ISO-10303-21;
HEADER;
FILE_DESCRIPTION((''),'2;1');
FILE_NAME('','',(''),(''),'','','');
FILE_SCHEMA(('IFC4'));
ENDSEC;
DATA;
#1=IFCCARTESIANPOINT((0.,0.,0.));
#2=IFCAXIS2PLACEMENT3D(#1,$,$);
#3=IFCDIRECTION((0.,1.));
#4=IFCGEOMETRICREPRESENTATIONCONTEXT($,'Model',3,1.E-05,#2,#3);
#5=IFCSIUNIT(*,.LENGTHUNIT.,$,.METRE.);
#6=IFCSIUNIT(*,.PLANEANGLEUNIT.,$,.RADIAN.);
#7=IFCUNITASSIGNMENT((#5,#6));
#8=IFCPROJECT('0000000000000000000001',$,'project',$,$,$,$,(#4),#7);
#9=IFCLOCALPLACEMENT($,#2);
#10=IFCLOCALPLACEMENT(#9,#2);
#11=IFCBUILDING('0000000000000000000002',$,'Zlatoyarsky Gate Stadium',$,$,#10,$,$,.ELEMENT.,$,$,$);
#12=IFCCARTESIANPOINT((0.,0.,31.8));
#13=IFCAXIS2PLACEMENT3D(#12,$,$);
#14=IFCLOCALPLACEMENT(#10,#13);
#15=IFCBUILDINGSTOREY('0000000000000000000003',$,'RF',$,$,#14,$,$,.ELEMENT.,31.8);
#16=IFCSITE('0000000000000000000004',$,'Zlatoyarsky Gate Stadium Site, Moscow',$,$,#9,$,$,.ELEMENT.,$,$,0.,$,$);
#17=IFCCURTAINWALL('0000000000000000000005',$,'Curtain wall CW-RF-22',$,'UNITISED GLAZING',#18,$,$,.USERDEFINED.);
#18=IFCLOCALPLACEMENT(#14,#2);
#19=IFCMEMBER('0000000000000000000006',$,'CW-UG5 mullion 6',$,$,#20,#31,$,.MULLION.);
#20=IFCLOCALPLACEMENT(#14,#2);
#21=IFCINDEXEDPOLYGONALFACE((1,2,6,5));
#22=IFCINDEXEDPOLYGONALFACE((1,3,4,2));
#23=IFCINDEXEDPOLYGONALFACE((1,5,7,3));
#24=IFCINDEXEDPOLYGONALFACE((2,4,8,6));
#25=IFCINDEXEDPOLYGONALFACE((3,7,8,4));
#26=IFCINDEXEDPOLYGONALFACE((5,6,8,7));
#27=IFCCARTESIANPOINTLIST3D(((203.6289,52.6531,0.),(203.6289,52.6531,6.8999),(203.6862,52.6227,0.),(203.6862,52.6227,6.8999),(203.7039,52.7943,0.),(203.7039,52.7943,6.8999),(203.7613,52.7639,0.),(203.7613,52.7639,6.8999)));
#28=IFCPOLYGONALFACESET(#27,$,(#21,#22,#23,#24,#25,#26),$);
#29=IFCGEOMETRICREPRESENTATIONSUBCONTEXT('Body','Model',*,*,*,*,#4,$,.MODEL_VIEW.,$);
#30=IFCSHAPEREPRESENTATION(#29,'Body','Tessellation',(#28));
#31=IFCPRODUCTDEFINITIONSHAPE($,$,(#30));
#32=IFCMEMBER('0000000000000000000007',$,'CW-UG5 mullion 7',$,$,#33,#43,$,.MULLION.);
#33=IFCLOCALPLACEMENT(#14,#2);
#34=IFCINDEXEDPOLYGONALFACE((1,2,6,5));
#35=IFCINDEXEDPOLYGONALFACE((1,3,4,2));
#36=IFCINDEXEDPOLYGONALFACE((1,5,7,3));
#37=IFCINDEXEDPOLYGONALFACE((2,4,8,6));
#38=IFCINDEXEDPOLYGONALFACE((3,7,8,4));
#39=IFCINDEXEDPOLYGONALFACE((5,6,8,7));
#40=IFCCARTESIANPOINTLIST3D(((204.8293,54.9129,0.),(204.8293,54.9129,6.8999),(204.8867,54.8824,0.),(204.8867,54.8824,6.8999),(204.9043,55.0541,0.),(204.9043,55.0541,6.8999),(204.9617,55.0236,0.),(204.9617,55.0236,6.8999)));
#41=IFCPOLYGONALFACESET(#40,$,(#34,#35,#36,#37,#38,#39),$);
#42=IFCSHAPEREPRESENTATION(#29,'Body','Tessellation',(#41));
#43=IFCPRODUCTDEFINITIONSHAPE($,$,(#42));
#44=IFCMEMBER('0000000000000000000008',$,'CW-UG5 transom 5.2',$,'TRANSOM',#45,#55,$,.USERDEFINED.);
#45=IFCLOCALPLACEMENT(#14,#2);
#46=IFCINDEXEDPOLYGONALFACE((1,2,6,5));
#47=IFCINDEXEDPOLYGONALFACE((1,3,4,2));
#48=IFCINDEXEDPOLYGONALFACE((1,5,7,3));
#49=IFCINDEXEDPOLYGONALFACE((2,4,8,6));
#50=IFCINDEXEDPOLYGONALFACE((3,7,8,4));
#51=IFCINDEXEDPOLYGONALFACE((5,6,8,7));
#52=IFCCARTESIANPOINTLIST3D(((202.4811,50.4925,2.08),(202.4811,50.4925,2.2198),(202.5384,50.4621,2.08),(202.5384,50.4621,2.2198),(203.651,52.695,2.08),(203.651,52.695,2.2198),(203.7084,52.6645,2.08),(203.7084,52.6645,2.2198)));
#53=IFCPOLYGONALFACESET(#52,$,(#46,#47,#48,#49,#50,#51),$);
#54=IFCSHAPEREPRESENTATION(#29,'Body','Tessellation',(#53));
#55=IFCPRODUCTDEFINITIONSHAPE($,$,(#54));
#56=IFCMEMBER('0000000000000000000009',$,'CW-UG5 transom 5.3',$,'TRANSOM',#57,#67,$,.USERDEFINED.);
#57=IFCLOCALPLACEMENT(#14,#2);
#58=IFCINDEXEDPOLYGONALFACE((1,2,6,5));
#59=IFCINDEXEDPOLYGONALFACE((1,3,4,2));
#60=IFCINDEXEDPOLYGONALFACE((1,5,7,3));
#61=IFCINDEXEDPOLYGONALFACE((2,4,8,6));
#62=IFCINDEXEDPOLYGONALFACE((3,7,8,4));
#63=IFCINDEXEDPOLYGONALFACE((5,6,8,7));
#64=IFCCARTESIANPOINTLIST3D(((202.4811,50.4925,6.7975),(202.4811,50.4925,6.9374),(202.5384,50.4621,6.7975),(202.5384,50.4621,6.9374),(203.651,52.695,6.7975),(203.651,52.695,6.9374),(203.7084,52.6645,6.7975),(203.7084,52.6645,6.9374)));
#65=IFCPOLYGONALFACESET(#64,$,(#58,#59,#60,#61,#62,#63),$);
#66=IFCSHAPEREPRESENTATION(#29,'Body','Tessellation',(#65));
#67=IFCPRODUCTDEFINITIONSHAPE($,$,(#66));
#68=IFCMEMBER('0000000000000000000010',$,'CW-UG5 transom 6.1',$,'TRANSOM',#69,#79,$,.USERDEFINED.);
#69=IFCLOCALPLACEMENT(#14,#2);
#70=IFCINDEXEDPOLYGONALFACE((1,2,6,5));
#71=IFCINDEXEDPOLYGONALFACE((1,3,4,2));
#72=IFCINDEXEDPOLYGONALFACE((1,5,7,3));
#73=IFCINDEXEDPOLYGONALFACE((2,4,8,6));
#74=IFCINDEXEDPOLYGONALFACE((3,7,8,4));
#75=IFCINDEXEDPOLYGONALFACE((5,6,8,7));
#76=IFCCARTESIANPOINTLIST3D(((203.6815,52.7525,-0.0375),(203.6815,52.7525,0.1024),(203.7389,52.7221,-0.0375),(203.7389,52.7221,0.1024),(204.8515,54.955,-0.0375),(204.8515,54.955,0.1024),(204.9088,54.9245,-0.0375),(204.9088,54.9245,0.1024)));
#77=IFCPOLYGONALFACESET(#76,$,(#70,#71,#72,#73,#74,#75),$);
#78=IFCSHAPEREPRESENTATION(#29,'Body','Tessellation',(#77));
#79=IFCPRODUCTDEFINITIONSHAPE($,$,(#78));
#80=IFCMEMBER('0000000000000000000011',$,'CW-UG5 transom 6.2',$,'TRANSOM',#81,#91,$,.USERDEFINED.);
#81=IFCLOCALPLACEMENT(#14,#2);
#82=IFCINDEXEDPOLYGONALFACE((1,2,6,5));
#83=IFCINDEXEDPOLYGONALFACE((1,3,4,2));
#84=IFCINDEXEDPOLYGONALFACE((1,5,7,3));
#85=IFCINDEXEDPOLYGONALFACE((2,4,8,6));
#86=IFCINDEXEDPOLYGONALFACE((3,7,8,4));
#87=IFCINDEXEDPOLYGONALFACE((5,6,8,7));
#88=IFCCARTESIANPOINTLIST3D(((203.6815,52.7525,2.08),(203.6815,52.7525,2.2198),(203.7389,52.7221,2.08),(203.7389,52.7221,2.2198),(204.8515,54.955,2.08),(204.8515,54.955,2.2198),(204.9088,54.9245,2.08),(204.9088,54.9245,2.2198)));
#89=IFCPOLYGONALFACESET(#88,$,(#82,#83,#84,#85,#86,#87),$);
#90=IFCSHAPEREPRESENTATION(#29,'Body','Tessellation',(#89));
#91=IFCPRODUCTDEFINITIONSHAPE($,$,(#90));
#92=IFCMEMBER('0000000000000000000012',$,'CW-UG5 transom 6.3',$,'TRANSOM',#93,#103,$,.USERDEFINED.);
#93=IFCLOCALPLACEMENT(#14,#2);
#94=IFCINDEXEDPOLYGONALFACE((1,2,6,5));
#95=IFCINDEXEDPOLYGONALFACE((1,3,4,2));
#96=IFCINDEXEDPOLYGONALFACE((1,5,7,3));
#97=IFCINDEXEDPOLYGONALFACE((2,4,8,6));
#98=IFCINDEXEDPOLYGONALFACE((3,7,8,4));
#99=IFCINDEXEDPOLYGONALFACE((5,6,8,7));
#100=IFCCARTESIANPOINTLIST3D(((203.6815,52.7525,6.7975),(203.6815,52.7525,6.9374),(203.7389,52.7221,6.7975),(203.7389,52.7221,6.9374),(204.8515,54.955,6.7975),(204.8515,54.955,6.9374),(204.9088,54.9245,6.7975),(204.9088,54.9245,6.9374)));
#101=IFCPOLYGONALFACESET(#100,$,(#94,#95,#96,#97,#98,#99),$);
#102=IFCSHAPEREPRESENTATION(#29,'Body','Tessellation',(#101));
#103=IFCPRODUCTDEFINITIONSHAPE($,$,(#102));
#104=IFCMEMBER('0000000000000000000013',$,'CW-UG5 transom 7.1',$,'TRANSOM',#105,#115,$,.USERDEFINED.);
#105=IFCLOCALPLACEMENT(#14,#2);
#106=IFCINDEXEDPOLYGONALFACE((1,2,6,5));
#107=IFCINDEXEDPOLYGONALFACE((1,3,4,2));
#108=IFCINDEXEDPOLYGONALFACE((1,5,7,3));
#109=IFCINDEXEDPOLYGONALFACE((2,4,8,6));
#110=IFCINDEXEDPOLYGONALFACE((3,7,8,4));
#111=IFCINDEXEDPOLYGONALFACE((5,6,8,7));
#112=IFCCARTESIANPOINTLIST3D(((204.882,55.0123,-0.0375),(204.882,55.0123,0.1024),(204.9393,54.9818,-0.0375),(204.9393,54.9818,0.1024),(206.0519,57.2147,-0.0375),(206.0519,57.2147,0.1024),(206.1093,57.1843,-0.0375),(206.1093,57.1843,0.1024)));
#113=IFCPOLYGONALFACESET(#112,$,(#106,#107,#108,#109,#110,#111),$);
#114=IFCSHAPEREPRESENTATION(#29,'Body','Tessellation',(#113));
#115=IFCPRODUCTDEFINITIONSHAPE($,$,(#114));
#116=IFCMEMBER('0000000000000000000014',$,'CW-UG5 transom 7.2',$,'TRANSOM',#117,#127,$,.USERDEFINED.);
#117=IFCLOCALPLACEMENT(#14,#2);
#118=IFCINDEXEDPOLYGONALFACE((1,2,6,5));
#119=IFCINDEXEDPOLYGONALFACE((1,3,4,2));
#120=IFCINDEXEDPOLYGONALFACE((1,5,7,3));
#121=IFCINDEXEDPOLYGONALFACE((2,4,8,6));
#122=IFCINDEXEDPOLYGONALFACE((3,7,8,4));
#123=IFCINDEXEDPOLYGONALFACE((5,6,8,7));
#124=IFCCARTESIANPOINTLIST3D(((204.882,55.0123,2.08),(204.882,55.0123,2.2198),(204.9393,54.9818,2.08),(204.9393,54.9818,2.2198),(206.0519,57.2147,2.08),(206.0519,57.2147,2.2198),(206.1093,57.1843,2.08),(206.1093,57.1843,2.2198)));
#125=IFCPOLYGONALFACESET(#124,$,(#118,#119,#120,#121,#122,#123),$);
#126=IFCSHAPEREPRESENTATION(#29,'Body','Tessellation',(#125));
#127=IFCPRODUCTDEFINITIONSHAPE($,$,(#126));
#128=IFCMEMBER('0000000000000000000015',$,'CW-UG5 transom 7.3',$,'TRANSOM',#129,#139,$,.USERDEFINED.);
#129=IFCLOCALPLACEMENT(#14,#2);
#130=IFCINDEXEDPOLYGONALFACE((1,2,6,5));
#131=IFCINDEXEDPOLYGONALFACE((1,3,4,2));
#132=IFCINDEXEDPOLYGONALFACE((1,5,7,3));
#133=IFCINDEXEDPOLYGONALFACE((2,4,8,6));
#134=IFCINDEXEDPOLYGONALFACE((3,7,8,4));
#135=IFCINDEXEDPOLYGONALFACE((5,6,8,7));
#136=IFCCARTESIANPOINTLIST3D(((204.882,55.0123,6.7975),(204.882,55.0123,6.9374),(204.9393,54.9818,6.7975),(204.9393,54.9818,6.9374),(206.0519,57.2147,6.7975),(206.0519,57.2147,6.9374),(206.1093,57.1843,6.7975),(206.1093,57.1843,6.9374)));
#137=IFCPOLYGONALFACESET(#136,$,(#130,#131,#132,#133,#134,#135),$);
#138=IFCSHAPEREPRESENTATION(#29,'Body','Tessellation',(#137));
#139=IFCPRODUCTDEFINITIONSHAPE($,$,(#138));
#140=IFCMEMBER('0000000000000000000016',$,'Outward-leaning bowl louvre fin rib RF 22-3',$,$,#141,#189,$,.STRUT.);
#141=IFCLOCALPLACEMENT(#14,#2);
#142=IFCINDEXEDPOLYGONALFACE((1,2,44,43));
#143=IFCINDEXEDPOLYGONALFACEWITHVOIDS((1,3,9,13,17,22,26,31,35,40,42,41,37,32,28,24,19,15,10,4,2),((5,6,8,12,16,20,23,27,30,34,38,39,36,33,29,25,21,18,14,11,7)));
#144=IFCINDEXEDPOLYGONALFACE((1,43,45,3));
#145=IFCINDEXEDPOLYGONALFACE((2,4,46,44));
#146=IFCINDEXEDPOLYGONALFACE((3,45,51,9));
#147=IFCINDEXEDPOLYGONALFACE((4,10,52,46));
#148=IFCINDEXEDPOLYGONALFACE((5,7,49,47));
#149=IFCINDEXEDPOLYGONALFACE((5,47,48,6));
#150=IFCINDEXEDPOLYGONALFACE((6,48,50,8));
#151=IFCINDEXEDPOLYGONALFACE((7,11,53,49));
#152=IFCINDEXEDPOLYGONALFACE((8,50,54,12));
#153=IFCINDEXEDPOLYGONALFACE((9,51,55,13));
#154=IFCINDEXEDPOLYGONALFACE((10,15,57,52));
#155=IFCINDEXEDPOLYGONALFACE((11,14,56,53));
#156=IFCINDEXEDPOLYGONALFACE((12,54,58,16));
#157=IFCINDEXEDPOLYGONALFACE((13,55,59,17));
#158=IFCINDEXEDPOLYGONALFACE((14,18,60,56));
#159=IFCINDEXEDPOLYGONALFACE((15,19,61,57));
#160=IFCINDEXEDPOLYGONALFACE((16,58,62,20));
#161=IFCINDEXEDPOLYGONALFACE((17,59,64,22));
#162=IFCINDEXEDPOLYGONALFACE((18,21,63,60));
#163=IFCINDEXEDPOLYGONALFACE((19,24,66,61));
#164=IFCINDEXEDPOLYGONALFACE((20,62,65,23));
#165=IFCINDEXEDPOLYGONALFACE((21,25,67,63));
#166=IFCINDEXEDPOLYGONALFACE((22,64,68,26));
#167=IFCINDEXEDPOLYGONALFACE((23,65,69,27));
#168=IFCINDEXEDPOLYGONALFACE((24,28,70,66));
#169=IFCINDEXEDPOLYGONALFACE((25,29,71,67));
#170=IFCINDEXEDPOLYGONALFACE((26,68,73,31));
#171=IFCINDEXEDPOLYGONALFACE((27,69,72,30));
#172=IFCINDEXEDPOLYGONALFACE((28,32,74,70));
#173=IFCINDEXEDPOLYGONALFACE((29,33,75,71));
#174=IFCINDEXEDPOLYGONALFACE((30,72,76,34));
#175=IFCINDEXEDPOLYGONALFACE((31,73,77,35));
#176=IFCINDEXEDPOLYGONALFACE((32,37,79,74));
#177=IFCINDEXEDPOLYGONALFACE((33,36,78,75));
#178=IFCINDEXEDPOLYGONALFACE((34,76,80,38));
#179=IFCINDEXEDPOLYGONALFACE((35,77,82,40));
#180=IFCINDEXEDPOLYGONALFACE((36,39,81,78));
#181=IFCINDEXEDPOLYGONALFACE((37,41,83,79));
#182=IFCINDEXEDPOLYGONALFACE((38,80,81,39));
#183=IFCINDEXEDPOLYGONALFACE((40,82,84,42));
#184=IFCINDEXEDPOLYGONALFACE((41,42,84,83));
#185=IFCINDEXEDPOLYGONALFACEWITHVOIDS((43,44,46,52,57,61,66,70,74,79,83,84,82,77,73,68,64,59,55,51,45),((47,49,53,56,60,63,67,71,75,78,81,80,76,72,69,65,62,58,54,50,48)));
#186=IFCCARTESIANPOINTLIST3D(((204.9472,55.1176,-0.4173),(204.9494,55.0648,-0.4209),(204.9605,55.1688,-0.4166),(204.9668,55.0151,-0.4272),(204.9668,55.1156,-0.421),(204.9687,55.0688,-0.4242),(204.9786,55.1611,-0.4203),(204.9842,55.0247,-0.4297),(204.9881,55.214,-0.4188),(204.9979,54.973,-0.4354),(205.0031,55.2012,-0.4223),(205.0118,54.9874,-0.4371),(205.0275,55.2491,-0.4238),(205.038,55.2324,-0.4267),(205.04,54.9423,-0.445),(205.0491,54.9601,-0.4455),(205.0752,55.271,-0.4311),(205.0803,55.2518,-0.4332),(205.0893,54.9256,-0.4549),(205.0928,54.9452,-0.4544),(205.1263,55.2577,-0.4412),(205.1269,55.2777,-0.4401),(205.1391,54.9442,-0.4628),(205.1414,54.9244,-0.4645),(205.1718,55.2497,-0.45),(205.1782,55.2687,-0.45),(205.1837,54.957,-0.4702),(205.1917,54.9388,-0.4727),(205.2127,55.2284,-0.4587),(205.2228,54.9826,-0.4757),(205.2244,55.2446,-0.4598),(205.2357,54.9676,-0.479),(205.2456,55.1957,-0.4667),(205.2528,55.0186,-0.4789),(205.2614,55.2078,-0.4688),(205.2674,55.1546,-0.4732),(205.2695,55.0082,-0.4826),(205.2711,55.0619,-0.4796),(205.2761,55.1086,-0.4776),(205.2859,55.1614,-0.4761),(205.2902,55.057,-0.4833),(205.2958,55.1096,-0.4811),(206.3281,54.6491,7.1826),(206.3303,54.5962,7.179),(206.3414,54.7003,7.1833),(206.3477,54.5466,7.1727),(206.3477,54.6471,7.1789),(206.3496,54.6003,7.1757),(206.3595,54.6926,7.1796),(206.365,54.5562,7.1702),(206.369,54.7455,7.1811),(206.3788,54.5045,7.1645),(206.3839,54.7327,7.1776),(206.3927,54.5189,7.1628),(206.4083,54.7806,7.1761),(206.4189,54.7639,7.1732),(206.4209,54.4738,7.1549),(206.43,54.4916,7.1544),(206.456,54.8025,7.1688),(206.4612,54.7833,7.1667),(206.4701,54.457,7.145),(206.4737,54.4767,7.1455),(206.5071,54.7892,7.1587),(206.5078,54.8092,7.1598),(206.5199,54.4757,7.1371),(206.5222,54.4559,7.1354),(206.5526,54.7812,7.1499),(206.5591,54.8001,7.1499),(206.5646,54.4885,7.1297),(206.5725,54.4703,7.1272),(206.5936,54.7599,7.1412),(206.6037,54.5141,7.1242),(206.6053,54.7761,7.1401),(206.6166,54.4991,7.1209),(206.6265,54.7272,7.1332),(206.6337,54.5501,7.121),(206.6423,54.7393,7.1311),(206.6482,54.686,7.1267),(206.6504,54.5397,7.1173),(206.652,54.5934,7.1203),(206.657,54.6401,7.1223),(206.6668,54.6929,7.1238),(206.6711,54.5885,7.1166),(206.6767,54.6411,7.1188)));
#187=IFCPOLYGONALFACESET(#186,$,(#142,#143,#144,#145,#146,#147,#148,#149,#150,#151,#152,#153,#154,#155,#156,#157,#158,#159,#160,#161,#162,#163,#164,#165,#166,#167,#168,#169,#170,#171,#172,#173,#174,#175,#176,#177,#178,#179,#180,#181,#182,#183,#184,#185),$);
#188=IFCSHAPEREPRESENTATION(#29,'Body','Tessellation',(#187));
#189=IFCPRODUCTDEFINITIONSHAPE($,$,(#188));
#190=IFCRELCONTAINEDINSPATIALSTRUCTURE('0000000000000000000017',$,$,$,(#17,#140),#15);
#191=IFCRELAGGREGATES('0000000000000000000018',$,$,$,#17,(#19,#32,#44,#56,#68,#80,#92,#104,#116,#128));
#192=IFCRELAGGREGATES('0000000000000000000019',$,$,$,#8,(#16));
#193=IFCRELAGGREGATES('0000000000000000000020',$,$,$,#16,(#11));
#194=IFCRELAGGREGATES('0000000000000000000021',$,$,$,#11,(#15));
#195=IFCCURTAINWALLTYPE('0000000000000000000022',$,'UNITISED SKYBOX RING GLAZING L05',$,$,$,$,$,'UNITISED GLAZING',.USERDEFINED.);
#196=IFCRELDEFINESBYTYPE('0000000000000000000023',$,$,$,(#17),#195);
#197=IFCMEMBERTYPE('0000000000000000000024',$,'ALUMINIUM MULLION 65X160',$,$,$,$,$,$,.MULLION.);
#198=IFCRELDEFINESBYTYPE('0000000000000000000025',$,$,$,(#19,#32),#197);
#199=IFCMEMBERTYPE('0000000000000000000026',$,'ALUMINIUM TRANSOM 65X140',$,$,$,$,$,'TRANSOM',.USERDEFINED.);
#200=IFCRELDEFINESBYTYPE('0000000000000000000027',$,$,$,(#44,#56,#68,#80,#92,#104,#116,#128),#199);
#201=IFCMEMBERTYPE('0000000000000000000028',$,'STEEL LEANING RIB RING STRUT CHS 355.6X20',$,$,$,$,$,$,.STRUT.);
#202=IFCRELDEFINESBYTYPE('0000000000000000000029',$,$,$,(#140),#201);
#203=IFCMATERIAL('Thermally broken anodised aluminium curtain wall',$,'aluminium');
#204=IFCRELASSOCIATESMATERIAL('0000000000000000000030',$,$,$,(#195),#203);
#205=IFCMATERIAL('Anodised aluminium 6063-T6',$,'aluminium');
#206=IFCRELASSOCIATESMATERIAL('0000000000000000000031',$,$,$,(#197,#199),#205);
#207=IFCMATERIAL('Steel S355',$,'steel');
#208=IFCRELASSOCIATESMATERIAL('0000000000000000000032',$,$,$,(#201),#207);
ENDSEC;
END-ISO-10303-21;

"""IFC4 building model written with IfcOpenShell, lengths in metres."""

from ifc_helpers import new_model, si_unit, direction, frame, origin, origin_2d, place, context, subcontext, project, spatial, rectangle, hollow_circle, extrude, material, material_profile, profile_set, type_object, element, aggregate, save


model = new_model("IFC4")

# Units and contexts
model_context = context("Model", 3, precision=1e-05, world=origin(), true_north=direction((0.0, 1.0)))
body_context = subcontext(model_context, "Body", "Model", "MODEL_VIEW")
ifc_project = project(units=[si_unit("LENGTHUNIT", "METRE"), si_unit("PLANEANGLEUNIT", "RADIAN")], contexts=[model_context])

# Site, building, storey
site_placement = place(None, origin())
site = spatial("IfcSite", under=ifc_project, at=site_placement, Name="Zlatoyarsky Gate Stadium Site, Moscow", CompositionType="ELEMENT", RefElevation=0.0)
building_placement = place(site_placement, origin())
building = spatial("IfcBuilding", under=site, at=building_placement, Name="Zlatoyarsky Gate Stadium", CompositionType="ELEMENT")
storey_placement = place(building_placement, frame((0.0, 0.0, 31.8)))
storey = spatial("IfcBuildingStorey", under=building, at=storey_placement, Name="RF", CompositionType="ELEMENT", Elevation=31.8)

# Curtain wall, members
ifc_material_1 = material(Name="Thermally broken anodised aluminium curtain wall", Category="aluminium")
curtain_wall_type = type_object("IfcCurtainWallType", Name="UNITISED SKYBOX RING GLAZING L05", ElementType="UNITISED GLAZING", PredefinedType="USERDEFINED", material=ifc_material_1)
curtain_wall_placement = place(storey_placement, origin())
curtain_wall = element("IfcCurtainWall", 1, at=curtain_wall_placement, inside=storey, type_object=curtain_wall_type, Name="Curtain wall CW-RF-22", ObjectType="UNITISED GLAZING", PredefinedType="USERDEFINED")
ifc_material_2 = material(Name="Anodised aluminium 6063-T6", Category="aluminium")
ifc_material_profile_1 = material_profile(ifc_material_2, rectangle(XDim=0.0649, YDim=0.1599, at=origin_2d()), Name="ALU 65X160")
ifc_profile_set_1 = profile_set([ifc_material_profile_1], Name="Anodised aluminium 6063-T6")
member_type_1 = type_object("IfcMemberType", Name="ALUMINIUM MULLION 65X160", PredefinedType="MULLION", material=ifc_profile_set_1)
member_1_placement = place(storey_placement, frame((203.6951, 52.7085, 0.0), z_axis=(0.0, 0.0, 1.0), x_axis=(-0.883131, 0.469127, 0.0)))
member_1 = element("IfcMember", 2, at=member_1_placement, type_object=member_type_1, Name="CW-UG5 mullion 6", PredefinedType="MULLION", context=body_context, shape_type="SweptSolid", body=[
    extrude(rectangle(XDim=0.0649, YDim=0.1599, at=origin_2d()), origin(), (0.0, 0.0, 1.0), 6.8999),
])
member_2_placement = place(storey_placement, frame((204.8955, 54.9683, 0.0), z_axis=(0.0, 0.0, 1.0), x_axis=(-0.883131, 0.469127, 0.0)))
member_2 = element("IfcMember", 3, at=member_2_placement, type_object=member_type_1, Name="CW-UG5 mullion 7", PredefinedType="MULLION", context=body_context, shape_type="SweptSolid", body=[
    extrude(rectangle(XDim=0.0649, YDim=0.1599, at=origin_2d()), origin(), (0.0, 0.0, 1.0), 6.8999),
])
ifc_material_profile_2 = material_profile(ifc_material_2, rectangle(XDim=0.0649, YDim=0.1399, at=origin_2d()), Name="ALU 65X140")
ifc_profile_set_2 = profile_set([ifc_material_profile_2], Name="Anodised aluminium 6063-T6")
member_type_2 = type_object("IfcMemberType", Name="ALUMINIUM TRANSOM 65X140", ElementType="TRANSOM", PredefinedType="USERDEFINED", material=ifc_profile_set_2)
member_3_placement = place(storey_placement, frame((202.5098, 50.4773, 2.1499), z_axis=(0.469124, 0.883132, 0.0), x_axis=(-0.883132, 0.469124, 0.0)))
member_3 = element("IfcMember", 4, at=member_3_placement, type_object=member_type_2, Name="CW-UG5 transom 5.2", ObjectType="TRANSOM", PredefinedType="USERDEFINED", context=body_context, shape_type="SweptSolid", body=[
    extrude(rectangle(XDim=0.0649, YDim=0.1399, at=origin_2d()), origin(), (0.0, 0.0, 1.0), 2.4939),
])
member_4_placement = place(storey_placement, frame((202.5098, 50.4773, 6.8674), z_axis=(0.469124, 0.883132, 0.0), x_axis=(-0.883132, 0.469124, 0.0)))
member_4 = element("IfcMember", 5, at=member_4_placement, type_object=member_type_2, Name="CW-UG5 transom 5.3", ObjectType="TRANSOM", PredefinedType="USERDEFINED", context=body_context, shape_type="SweptSolid", body=[
    extrude(rectangle(XDim=0.0649, YDim=0.1399, at=origin_2d()), origin(), (0.0, 0.0, 1.0), 2.4939),
])
member_5_placement = place(storey_placement, frame((203.7102, 52.7373, 0.0325), z_axis=(0.469124, 0.883132, 0.0), x_axis=(-0.883132, 0.469124, 0.0)))
member_5 = element("IfcMember", 6, at=member_5_placement, type_object=member_type_2, Name="CW-UG5 transom 6.1", ObjectType="TRANSOM", PredefinedType="USERDEFINED", context=body_context, shape_type="SweptSolid", body=[
    extrude(rectangle(XDim=0.0649, YDim=0.1399, at=origin_2d()), origin(), (0.0, 0.0, 1.0), 2.4939),
])
member_6_placement = place(storey_placement, frame((203.7102, 52.7373, 2.1499), z_axis=(0.469124, 0.883132, 0.0), x_axis=(-0.883132, 0.469124, 0.0)))
member_6 = element("IfcMember", 7, at=member_6_placement, type_object=member_type_2, Name="CW-UG5 transom 6.2", ObjectType="TRANSOM", PredefinedType="USERDEFINED", context=body_context, shape_type="SweptSolid", body=[
    extrude(rectangle(XDim=0.0649, YDim=0.1399, at=origin_2d()), origin(), (0.0, 0.0, 1.0), 2.4939),
])
member_7_placement = place(storey_placement, frame((203.7102, 52.7373, 6.8674), z_axis=(0.469124, 0.883132, 0.0), x_axis=(-0.883132, 0.469124, 0.0)))
member_7 = element("IfcMember", 8, at=member_7_placement, type_object=member_type_2, Name="CW-UG5 transom 6.3", ObjectType="TRANSOM", PredefinedType="USERDEFINED", context=body_context, shape_type="SweptSolid", body=[
    extrude(rectangle(XDim=0.0649, YDim=0.1399, at=origin_2d()), origin(), (0.0, 0.0, 1.0), 2.4939),
])
member_8_placement = place(storey_placement, frame((204.9106, 54.9971, 0.0325), z_axis=(0.469124, 0.883132, 0.0), x_axis=(-0.883132, 0.469124, 0.0)))
member_8 = element("IfcMember", 9, at=member_8_placement, type_object=member_type_2, Name="CW-UG5 transom 7.1", ObjectType="TRANSOM", PredefinedType="USERDEFINED", context=body_context, shape_type="SweptSolid", body=[
    extrude(rectangle(XDim=0.0649, YDim=0.1399, at=origin_2d()), origin(), (0.0, 0.0, 1.0), 2.4939),
])
member_9_placement = place(storey_placement, frame((204.9106, 54.9971, 2.1499), z_axis=(0.469124, 0.883132, 0.0), x_axis=(-0.883132, 0.469124, 0.0)))
member_9 = element("IfcMember", 10, at=member_9_placement, type_object=member_type_2, Name="CW-UG5 transom 7.2", ObjectType="TRANSOM", PredefinedType="USERDEFINED", context=body_context, shape_type="SweptSolid", body=[
    extrude(rectangle(XDim=0.0649, YDim=0.1399, at=origin_2d()), origin(), (0.0, 0.0, 1.0), 2.4939),
])
member_10_placement = place(storey_placement, frame((204.9106, 54.9971, 6.8674), z_axis=(0.469124, 0.883132, 0.0), x_axis=(-0.883132, 0.469124, 0.0)))
member_10 = element("IfcMember", 11, at=member_10_placement, type_object=member_type_2, Name="CW-UG5 transom 7.3", ObjectType="TRANSOM", PredefinedType="USERDEFINED", context=body_context, shape_type="SweptSolid", body=[
    extrude(rectangle(XDim=0.0649, YDim=0.1399, at=origin_2d()), origin(), (0.0, 0.0, 1.0), 2.4939),
])

# Member
ifc_material_3 = material(Name="Steel S355", Category="steel")
ifc_material_profile_3 = material_profile(ifc_material_3, hollow_circle(Radius=0.1777, WallThickness=0.02, at=origin_2d()), Name="CHS 355.6X20")
ifc_profile_set_3 = profile_set([ifc_material_profile_3], Name="Steel S355")
member_type_3 = type_object("IfcMemberType", Name="STEEL LEANING RIB RING STRUT CHS 355.6X20", PredefinedType="STRUT", material=ifc_profile_set_3)
member_11_placement = place(storey_placement, frame((205.1211, 55.1003, -0.45), z_axis=(0.178441, -0.060542, 0.982086), x_axis=(0.321296, 0.946979, 0.0)))
element("IfcMember", 12, at=member_11_placement, inside=storey, type_object=member_type_3, Name="Outward-leaning bowl louvre fin rib RF 22-3", PredefinedType="STRUT", context=body_context, shape_type="SweptSolid", body=[
    extrude(hollow_circle(Radius=0.1777, WallThickness=0.02, at=origin_2d()), origin(), (0.0, 0.0, 1.0), 7.7385),
])

aggregate(curtain_wall, [member_1, member_2, member_3, member_4, member_5, member_6, member_7, member_8, member_9, member_10])

save(model, "model.ifc")
